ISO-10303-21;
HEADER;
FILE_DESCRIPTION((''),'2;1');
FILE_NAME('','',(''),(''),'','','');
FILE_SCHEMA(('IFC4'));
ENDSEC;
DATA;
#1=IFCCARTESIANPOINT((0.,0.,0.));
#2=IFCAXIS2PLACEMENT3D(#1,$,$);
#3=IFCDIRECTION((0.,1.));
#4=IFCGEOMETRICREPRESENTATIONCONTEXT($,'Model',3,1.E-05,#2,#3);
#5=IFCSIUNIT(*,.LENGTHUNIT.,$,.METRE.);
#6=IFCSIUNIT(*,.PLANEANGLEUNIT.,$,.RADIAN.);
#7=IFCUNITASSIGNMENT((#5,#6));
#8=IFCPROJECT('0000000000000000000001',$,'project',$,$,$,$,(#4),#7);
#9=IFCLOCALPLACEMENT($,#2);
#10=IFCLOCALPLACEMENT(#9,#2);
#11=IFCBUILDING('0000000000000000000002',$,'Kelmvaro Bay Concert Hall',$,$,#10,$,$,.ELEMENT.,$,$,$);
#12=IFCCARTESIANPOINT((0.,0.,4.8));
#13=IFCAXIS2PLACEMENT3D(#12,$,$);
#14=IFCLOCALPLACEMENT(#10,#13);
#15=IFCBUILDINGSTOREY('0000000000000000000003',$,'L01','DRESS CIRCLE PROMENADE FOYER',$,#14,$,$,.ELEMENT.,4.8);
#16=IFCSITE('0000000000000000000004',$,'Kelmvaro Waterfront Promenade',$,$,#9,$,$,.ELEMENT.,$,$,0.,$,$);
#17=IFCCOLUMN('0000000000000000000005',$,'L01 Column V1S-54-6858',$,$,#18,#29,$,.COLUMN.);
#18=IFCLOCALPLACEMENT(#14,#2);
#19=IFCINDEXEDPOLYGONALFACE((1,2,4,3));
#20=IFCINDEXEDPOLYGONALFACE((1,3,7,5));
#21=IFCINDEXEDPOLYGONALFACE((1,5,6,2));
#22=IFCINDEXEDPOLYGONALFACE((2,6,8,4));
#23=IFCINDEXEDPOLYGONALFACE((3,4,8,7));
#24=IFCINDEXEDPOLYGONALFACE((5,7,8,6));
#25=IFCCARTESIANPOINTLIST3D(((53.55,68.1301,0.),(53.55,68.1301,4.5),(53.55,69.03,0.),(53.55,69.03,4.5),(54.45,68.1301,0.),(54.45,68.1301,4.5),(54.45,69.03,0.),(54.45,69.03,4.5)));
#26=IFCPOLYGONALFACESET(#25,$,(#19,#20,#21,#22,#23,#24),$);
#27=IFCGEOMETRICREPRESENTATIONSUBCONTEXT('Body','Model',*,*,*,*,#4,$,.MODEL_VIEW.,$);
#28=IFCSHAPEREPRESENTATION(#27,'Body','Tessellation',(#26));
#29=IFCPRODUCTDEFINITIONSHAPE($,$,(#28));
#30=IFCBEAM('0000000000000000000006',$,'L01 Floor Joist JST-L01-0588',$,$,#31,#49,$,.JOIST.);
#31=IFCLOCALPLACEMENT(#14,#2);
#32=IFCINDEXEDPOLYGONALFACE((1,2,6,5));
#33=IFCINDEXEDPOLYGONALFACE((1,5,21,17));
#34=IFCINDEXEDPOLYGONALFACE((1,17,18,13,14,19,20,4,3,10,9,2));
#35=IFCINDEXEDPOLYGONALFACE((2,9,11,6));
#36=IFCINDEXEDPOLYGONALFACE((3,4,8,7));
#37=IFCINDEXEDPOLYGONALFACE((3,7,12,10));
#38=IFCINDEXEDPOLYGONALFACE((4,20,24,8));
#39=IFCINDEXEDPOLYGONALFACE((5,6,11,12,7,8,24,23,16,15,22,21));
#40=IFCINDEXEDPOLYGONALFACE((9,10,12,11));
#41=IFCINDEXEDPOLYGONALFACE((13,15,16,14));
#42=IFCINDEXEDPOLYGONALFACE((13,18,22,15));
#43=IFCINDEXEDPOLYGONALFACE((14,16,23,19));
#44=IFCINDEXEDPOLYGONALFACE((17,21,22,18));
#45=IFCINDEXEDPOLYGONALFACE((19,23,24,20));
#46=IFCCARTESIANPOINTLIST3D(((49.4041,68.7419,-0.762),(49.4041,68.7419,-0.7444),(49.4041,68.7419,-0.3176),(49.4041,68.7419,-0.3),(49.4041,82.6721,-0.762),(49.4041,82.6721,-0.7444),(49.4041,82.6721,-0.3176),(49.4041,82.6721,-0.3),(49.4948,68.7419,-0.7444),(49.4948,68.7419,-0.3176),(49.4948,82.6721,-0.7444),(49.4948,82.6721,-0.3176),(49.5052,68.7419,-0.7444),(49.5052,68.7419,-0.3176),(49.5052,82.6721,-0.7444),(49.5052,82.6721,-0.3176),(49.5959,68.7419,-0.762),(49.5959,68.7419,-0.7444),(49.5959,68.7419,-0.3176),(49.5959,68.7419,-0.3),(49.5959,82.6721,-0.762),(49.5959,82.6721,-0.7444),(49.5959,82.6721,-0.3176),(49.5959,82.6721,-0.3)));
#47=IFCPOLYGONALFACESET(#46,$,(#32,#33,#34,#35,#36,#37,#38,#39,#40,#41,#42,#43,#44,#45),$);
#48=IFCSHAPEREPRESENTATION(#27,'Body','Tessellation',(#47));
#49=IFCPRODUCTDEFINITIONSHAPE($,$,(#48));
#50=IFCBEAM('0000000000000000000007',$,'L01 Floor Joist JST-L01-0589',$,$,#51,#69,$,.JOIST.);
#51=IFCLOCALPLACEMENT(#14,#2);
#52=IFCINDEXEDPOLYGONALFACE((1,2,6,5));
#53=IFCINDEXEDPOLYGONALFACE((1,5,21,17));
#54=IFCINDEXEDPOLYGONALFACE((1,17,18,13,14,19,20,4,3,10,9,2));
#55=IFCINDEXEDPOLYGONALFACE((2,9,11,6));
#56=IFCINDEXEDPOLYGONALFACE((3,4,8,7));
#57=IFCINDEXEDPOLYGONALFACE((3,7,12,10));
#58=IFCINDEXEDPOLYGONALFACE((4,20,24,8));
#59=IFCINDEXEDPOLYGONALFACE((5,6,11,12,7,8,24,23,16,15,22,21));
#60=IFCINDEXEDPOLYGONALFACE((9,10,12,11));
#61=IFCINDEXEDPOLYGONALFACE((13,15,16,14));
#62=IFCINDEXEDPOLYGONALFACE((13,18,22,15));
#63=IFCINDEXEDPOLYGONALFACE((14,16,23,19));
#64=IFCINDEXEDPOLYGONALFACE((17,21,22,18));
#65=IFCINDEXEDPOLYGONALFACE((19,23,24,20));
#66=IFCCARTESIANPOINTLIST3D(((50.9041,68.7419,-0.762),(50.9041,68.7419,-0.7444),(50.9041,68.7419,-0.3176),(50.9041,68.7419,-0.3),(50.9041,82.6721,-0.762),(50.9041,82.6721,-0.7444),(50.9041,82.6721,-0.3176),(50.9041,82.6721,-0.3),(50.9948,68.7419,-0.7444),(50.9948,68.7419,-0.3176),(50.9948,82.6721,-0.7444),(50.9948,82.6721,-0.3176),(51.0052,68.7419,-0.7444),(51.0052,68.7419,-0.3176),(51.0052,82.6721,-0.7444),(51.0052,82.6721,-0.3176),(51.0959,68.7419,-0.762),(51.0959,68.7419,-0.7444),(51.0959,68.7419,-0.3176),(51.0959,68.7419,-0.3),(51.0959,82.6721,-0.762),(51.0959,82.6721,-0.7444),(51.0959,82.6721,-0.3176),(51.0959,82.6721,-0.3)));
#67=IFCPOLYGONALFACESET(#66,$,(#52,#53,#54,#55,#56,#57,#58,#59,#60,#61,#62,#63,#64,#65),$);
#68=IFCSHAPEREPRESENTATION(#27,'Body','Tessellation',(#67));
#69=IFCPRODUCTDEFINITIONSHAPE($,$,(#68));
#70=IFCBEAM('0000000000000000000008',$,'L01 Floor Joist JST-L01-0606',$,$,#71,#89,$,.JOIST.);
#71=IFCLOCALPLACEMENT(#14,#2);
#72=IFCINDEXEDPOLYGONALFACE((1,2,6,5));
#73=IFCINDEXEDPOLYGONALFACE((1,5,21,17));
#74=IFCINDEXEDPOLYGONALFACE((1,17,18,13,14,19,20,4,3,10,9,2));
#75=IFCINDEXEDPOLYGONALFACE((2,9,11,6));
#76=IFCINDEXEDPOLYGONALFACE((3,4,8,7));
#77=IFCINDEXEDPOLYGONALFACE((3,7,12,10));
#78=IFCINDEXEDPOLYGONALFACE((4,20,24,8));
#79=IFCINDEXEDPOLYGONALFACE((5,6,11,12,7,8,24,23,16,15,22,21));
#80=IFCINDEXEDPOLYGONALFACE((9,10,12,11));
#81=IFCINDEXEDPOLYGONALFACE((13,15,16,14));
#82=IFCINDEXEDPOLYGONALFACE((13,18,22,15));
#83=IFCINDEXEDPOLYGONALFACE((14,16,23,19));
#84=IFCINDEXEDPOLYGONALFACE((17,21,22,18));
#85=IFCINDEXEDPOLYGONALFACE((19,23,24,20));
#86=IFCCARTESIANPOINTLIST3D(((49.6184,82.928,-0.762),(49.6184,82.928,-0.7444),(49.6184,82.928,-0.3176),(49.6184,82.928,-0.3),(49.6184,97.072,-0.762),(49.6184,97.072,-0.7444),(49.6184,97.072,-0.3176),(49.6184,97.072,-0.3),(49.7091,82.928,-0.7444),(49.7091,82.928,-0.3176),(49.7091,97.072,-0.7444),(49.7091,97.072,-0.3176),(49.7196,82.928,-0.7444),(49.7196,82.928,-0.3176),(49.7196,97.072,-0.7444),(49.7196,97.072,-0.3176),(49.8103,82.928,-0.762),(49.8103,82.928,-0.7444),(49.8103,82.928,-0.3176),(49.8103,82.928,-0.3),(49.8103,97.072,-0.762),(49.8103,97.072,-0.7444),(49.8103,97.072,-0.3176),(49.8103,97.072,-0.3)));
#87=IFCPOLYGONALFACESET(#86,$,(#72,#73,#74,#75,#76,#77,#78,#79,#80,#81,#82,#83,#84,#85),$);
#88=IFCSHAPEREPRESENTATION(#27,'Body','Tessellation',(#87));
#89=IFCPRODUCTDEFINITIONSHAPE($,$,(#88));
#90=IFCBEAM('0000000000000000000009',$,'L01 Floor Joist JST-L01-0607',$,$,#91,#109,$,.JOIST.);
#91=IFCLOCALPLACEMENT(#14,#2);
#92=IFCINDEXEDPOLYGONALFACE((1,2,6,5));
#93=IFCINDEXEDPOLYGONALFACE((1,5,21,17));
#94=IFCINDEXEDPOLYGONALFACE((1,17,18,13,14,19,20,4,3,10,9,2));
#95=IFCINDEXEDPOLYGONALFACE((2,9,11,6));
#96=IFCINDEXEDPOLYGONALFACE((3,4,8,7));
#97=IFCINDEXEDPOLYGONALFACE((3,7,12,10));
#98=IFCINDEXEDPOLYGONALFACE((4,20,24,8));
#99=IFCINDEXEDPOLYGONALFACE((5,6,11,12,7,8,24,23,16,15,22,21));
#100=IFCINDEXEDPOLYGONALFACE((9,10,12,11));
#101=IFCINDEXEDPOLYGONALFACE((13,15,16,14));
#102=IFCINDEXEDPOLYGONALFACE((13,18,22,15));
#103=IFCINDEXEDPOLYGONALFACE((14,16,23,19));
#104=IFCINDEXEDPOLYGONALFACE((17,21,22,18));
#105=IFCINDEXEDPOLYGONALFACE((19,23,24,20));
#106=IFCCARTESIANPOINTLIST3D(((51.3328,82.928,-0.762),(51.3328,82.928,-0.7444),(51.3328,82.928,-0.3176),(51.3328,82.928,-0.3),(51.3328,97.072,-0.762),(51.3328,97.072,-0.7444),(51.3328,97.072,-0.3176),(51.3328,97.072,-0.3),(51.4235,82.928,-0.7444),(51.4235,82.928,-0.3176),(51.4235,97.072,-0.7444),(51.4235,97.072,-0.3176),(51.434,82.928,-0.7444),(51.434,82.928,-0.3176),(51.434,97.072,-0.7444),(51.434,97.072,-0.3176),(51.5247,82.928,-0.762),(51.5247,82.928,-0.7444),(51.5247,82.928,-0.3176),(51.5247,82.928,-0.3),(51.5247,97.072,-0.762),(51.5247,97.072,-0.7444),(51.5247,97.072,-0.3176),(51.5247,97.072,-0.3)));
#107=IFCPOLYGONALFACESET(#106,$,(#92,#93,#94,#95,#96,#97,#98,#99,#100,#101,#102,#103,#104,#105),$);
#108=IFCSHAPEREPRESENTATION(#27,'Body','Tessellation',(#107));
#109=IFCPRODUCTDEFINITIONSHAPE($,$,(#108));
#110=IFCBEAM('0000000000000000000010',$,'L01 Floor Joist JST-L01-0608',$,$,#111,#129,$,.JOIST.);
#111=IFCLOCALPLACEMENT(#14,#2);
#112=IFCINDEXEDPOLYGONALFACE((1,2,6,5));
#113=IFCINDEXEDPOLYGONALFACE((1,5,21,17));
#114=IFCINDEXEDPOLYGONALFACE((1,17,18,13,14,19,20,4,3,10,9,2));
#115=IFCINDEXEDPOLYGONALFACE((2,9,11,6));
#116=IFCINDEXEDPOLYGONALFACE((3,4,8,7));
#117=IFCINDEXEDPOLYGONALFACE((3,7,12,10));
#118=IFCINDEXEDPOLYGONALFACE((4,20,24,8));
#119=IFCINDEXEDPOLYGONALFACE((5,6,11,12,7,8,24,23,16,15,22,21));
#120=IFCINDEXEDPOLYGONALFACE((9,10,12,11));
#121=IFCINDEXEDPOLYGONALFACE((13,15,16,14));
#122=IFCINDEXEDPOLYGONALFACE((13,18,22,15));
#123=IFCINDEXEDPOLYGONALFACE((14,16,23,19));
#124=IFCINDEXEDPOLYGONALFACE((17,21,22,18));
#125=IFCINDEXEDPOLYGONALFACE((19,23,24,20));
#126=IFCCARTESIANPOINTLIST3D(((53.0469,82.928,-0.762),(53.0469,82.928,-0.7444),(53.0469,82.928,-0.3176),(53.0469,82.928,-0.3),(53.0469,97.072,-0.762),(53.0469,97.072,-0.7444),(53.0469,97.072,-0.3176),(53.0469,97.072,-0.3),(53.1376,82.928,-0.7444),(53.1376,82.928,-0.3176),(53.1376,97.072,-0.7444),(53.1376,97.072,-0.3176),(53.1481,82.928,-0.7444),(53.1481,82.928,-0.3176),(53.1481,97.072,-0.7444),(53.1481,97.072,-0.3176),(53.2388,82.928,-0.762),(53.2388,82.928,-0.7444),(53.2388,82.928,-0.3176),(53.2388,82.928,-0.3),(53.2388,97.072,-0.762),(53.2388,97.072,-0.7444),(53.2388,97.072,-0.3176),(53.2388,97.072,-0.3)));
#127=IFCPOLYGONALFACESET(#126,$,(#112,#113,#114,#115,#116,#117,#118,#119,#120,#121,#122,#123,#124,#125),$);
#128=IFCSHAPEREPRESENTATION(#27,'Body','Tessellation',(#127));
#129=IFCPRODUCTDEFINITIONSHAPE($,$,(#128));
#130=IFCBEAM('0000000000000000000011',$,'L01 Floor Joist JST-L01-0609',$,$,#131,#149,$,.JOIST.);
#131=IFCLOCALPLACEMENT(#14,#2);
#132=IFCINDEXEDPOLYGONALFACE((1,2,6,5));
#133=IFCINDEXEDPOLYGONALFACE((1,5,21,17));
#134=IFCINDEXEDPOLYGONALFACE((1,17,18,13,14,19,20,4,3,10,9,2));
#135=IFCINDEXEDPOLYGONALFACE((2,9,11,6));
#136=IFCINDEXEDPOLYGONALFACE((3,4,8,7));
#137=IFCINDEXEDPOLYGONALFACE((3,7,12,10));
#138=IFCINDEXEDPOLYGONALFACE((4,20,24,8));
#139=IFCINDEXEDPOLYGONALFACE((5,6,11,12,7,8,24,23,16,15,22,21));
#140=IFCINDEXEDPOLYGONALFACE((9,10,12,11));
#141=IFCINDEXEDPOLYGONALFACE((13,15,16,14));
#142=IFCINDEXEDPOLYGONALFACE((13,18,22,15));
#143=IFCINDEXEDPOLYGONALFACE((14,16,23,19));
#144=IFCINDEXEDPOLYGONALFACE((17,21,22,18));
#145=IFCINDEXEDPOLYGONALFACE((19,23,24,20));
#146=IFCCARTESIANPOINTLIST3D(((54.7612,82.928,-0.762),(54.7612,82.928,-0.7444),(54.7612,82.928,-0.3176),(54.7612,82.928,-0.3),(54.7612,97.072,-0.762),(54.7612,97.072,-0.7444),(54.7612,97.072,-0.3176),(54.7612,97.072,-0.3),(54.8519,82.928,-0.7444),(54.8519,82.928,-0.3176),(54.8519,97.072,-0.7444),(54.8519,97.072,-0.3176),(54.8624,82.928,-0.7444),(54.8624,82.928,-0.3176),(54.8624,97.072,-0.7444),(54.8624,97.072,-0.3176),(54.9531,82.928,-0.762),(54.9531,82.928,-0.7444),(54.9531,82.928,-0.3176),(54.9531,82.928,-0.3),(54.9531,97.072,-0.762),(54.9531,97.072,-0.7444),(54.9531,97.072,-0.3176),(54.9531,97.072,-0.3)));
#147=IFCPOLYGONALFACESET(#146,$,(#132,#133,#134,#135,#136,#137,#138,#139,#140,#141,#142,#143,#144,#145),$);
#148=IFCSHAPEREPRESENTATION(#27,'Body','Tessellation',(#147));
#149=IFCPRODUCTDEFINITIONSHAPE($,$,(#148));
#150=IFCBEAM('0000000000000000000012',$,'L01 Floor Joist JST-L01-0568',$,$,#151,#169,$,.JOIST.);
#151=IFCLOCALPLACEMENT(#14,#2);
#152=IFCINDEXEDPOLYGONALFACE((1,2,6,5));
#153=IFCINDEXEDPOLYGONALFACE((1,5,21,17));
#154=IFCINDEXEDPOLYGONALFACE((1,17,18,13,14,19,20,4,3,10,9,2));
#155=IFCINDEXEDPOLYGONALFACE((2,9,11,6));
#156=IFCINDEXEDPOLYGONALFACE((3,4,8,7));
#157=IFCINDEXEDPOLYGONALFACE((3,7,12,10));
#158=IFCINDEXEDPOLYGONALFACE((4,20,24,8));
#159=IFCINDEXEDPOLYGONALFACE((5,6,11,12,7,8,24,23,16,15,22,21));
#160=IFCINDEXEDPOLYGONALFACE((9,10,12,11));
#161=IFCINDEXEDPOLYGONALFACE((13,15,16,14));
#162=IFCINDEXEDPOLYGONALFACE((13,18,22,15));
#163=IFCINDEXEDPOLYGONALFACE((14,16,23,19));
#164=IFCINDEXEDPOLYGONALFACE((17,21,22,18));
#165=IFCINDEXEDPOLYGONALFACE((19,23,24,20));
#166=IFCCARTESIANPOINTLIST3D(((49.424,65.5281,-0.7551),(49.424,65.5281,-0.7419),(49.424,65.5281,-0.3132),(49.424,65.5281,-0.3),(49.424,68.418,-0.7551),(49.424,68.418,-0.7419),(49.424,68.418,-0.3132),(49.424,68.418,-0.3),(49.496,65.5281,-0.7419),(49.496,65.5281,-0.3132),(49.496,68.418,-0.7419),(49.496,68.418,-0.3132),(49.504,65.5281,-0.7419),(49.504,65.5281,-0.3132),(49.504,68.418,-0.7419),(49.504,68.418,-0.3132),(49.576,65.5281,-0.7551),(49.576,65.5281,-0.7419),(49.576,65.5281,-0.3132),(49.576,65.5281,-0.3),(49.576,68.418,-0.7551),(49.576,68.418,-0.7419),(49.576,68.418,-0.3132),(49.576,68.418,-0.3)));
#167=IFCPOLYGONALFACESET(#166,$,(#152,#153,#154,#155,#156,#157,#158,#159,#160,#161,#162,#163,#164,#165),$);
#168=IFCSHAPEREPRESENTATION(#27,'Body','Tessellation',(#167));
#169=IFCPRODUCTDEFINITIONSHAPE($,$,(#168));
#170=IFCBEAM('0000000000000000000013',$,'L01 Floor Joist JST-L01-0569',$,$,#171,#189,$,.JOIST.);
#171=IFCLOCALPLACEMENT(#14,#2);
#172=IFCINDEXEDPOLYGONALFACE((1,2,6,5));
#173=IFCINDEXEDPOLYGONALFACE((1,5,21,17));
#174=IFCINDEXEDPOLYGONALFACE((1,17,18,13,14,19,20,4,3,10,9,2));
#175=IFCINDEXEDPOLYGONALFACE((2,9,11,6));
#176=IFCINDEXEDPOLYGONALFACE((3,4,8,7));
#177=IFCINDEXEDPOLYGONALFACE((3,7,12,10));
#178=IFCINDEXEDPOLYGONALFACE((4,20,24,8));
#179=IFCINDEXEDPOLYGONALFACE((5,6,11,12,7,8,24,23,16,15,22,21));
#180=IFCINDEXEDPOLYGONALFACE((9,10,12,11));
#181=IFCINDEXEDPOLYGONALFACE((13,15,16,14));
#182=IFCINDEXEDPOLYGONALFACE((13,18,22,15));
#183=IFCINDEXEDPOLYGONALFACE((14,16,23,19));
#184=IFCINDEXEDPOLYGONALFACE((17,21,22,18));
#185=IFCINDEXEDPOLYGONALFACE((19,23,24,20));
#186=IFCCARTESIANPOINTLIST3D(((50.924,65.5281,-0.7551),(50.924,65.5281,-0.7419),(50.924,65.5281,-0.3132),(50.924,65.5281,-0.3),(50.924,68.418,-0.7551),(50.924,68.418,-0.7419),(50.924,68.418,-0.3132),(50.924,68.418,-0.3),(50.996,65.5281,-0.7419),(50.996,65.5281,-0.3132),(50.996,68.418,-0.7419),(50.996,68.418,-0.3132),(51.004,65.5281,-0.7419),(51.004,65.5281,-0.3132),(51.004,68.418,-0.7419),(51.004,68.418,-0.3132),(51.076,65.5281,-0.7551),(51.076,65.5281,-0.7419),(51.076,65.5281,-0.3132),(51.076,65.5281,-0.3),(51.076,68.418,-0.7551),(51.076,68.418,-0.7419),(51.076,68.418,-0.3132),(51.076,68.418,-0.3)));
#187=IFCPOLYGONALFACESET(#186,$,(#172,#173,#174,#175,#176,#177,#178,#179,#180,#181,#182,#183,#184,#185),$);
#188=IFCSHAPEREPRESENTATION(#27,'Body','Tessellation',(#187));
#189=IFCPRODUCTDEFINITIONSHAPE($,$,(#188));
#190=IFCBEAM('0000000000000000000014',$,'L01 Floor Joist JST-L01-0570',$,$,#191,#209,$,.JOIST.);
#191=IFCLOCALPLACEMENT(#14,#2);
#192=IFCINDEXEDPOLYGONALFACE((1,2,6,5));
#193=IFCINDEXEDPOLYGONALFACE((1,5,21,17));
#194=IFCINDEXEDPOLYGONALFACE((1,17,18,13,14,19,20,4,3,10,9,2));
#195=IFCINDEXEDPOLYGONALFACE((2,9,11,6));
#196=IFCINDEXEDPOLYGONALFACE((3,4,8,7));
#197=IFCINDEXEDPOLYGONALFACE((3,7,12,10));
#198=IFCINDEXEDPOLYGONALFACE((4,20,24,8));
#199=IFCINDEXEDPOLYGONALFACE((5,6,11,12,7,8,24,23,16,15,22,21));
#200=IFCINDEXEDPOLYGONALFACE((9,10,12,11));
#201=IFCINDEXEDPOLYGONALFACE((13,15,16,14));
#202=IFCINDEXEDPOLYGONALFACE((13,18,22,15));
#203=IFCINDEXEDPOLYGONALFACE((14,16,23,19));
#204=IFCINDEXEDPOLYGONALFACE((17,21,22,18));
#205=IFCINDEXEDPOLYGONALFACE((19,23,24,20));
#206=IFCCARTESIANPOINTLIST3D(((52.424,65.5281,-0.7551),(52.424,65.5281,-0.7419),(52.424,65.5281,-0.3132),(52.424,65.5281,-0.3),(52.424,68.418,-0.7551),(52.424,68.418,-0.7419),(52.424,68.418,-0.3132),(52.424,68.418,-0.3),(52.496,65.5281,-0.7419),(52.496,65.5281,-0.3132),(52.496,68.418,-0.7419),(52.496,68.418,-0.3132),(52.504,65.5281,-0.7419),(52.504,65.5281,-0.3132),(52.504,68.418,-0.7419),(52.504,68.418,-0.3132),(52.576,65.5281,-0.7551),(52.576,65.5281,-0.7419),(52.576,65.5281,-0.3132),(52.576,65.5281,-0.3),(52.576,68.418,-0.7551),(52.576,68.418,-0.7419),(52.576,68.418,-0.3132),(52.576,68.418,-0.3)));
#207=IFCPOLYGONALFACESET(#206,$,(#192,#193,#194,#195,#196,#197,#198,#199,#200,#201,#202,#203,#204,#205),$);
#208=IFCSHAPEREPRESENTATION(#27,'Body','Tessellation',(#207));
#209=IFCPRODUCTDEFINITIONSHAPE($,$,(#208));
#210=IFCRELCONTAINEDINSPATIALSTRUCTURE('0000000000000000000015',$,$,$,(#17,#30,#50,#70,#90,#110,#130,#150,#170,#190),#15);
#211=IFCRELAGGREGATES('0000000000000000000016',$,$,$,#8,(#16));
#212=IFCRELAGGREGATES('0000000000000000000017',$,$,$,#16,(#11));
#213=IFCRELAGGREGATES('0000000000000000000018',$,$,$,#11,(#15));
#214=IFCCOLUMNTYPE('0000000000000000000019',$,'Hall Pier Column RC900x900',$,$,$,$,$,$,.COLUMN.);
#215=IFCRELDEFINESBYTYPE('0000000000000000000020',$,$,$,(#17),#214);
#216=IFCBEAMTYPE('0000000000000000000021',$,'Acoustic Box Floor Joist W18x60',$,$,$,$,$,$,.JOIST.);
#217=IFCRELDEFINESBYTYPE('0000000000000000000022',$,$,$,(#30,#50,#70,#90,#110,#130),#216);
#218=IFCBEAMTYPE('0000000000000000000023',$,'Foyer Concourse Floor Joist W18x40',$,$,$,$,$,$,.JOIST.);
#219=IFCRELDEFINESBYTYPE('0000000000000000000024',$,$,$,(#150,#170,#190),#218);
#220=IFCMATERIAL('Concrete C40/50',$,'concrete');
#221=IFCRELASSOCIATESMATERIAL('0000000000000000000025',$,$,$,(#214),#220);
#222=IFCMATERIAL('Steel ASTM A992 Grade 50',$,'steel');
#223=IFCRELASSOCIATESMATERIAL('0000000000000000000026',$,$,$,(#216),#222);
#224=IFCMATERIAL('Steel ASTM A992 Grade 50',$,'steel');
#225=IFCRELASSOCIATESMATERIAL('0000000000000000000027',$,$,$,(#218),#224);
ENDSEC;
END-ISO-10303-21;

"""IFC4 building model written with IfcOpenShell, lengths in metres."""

from ifc_helpers import new_model, si_unit, direction, frame, origin, origin_2d, place, context, subcontext, project, spatial, rectangle, i_section, extrude, material, material_profile, profile_set, type_object, element, save


model = new_model("IFC4")

# Units and contexts
model_context = context("Model", 3, precision=1e-05, world=origin(), true_north=direction((0.0, 1.0)))
body_context = subcontext(model_context, "Body", "Model", "MODEL_VIEW")
ifc_project = project(units=[si_unit("LENGTHUNIT", "METRE"), si_unit("PLANEANGLEUNIT", "RADIAN")], contexts=[model_context])

# Site, building, storey
site_placement = place(None, origin())
site = spatial("IfcSite", under=ifc_project, at=site_placement, Name="Kelmvaro Waterfront Promenade", CompositionType="ELEMENT", RefElevation=0.0)
building_placement = place(site_placement, origin())
building = spatial("IfcBuilding", under=site, at=building_placement, Name="Kelmvaro Bay Concert Hall", CompositionType="ELEMENT")
storey_placement = place(building_placement, frame((0.0, 0.0, 4.8)))
storey = spatial("IfcBuildingStorey", under=building, at=storey_placement, Name="L01", Description="DRESS CIRCLE PROMENADE FOYER", CompositionType="ELEMENT", Elevation=4.8)

# Column
ifc_material_1 = material(Name="Concrete C40/50", Category="concrete")
ifc_material_profile_1 = material_profile(ifc_material_1, rectangle(XDim=0.8999, YDim=0.8999, at=origin_2d()), Name="RC-COL-900X900")
ifc_profile_set_1 = profile_set([ifc_material_profile_1], Name="Concrete C40/50")
column_type = type_object("IfcColumnType", Name="Hall Pier Column RC900x900", PredefinedType="COLUMN", material=ifc_profile_set_1)
column_placement = place(storey_placement, frame((54.0, 68.5801, 0.0), z_axis=(0.0, 0.0, 1.0), x_axis=(1.0, 0.0, 0.0)))
element("IfcColumn", 1, at=column_placement, inside=storey, type_object=column_type, Name="L01 Column V1S-54-6858", PredefinedType="COLUMN", context=body_context, shape_type="SweptSolid", body=[
    extrude(rectangle(XDim=0.8999, YDim=0.8999, at=origin_2d()), origin(), (0.0, 0.0, 1.0), 4.5),
])

# Beams
ifc_material_2 = material(Name="Steel ASTM A992 Grade 50", Category="steel")
ifc_material_profile_2 = material_profile(ifc_material_2, i_section(OverallWidth=0.1919, OverallDepth=0.4619, WebThickness=0.0105, FlangeThickness=0.0176, at=origin_2d()), Name="W18X60")
ifc_profile_set_2 = profile_set([ifc_material_profile_2], Name="Steel ASTM A992 Grade 50")
beam_type_1 = type_object("IfcBeamType", Name="Acoustic Box Floor Joist W18x60", PredefinedType="JOIST", material=ifc_profile_set_2)
for number, where, z_axis, x_axis, name in (
    (2, (49.5, 68.7419, -0.531), (0.0, 1.0, 0.0), (-1.0, 0.0, 0.0), "L01 Floor Joist JST-L01-0588"),
    (3, (51.0, 68.7419, -0.531), (0.0, 1.0, 0.0), (-1.0, 0.0, 0.0), "L01 Floor Joist JST-L01-0589"),
):
    element("IfcBeam", number, at=place(storey_placement, frame(where, z_axis=z_axis, x_axis=x_axis)), inside=storey, type_object=beam_type_1, Name=name, PredefinedType="JOIST", context=body_context, shape_type="SweptSolid", body=[
        extrude(i_section(OverallWidth=0.1919, OverallDepth=0.4619, WebThickness=0.0105, FlangeThickness=0.0176, at=origin_2d()), origin(), (0.0, 0.0, 1.0), 13.9302),
    ])
for number, where, z_axis, x_axis, name in (
    (4, (49.7144, 82.928, -0.531), (0.0, 1.0, 0.0), (-1.0, 0.0, 0.0), "L01 Floor Joist JST-L01-0606"),
    (5, (51.4287, 82.928, -0.531), (0.0, 1.0, 0.0), (-1.0, 0.0, 0.0), "L01 Floor Joist JST-L01-0607"),
    (6, (53.1428, 82.928, -0.531), (0.0, 1.0, 0.0), (-1.0, 0.0, 0.0), "L01 Floor Joist JST-L01-0608"),
    (7, (54.8572, 82.928, -0.531), (0.0, 1.0, 0.0), (-1.0, 0.0, 0.0), "L01 Floor Joist JST-L01-0609"),
):
    element("IfcBeam", number, at=place(storey_placement, frame(where, z_axis=z_axis, x_axis=x_axis)), inside=storey, type_object=beam_type_1, Name=name, PredefinedType="JOIST", context=body_context, shape_type="SweptSolid", body=[
        extrude(i_section(OverallWidth=0.1919, OverallDepth=0.4619, WebThickness=0.0105, FlangeThickness=0.0176, at=origin_2d()), origin(), (0.0, 0.0, 1.0), 14.144),
    ])
ifc_material_3 = material(Name="Steel ASTM A992 Grade 50", Category="steel")
ifc_material_profile_3 = material_profile(ifc_material_3, i_section(OverallWidth=0.1521, OverallDepth=0.4551, WebThickness=0.0081, FlangeThickness=0.0132, at=origin_2d()), Name="W18X40")
ifc_profile_set_3 = profile_set([ifc_material_profile_3], Name="Steel ASTM A992 Grade 50")
beam_type_2 = type_object("IfcBeamType", Name="Foyer Concourse Floor Joist W18x40", PredefinedType="JOIST", material=ifc_profile_set_3)
for number, where, z_axis, x_axis, name in (
    (8, (49.5, 65.5281, -0.5276), (0.0, 1.0, 0.0), (-1.0, 0.0, 0.0), "L01 Floor Joist JST-L01-0568"),
    (9, (51.0, 65.5281, -0.5276), (0.0, 1.0, 0.0), (-1.0, 0.0, 0.0), "L01 Floor Joist JST-L01-0569"),
    (10, (52.5, 65.5281, -0.5276), (0.0, 1.0, 0.0), (-1.0, 0.0, 0.0), "L01 Floor Joist JST-L01-0570"),
):
    element("IfcBeam", number, at=place(storey_placement, frame(where, z_axis=z_axis, x_axis=x_axis)), inside=storey, type_object=beam_type_2, Name=name, PredefinedType="JOIST", context=body_context, shape_type="SweptSolid", body=[
        extrude(i_section(OverallWidth=0.1521, OverallDepth=0.4551, WebThickness=0.0081, FlangeThickness=0.0132, at=origin_2d()), origin(), (0.0, 0.0, 1.0), 2.8899),
    ])

save(model, "model.ifc")
